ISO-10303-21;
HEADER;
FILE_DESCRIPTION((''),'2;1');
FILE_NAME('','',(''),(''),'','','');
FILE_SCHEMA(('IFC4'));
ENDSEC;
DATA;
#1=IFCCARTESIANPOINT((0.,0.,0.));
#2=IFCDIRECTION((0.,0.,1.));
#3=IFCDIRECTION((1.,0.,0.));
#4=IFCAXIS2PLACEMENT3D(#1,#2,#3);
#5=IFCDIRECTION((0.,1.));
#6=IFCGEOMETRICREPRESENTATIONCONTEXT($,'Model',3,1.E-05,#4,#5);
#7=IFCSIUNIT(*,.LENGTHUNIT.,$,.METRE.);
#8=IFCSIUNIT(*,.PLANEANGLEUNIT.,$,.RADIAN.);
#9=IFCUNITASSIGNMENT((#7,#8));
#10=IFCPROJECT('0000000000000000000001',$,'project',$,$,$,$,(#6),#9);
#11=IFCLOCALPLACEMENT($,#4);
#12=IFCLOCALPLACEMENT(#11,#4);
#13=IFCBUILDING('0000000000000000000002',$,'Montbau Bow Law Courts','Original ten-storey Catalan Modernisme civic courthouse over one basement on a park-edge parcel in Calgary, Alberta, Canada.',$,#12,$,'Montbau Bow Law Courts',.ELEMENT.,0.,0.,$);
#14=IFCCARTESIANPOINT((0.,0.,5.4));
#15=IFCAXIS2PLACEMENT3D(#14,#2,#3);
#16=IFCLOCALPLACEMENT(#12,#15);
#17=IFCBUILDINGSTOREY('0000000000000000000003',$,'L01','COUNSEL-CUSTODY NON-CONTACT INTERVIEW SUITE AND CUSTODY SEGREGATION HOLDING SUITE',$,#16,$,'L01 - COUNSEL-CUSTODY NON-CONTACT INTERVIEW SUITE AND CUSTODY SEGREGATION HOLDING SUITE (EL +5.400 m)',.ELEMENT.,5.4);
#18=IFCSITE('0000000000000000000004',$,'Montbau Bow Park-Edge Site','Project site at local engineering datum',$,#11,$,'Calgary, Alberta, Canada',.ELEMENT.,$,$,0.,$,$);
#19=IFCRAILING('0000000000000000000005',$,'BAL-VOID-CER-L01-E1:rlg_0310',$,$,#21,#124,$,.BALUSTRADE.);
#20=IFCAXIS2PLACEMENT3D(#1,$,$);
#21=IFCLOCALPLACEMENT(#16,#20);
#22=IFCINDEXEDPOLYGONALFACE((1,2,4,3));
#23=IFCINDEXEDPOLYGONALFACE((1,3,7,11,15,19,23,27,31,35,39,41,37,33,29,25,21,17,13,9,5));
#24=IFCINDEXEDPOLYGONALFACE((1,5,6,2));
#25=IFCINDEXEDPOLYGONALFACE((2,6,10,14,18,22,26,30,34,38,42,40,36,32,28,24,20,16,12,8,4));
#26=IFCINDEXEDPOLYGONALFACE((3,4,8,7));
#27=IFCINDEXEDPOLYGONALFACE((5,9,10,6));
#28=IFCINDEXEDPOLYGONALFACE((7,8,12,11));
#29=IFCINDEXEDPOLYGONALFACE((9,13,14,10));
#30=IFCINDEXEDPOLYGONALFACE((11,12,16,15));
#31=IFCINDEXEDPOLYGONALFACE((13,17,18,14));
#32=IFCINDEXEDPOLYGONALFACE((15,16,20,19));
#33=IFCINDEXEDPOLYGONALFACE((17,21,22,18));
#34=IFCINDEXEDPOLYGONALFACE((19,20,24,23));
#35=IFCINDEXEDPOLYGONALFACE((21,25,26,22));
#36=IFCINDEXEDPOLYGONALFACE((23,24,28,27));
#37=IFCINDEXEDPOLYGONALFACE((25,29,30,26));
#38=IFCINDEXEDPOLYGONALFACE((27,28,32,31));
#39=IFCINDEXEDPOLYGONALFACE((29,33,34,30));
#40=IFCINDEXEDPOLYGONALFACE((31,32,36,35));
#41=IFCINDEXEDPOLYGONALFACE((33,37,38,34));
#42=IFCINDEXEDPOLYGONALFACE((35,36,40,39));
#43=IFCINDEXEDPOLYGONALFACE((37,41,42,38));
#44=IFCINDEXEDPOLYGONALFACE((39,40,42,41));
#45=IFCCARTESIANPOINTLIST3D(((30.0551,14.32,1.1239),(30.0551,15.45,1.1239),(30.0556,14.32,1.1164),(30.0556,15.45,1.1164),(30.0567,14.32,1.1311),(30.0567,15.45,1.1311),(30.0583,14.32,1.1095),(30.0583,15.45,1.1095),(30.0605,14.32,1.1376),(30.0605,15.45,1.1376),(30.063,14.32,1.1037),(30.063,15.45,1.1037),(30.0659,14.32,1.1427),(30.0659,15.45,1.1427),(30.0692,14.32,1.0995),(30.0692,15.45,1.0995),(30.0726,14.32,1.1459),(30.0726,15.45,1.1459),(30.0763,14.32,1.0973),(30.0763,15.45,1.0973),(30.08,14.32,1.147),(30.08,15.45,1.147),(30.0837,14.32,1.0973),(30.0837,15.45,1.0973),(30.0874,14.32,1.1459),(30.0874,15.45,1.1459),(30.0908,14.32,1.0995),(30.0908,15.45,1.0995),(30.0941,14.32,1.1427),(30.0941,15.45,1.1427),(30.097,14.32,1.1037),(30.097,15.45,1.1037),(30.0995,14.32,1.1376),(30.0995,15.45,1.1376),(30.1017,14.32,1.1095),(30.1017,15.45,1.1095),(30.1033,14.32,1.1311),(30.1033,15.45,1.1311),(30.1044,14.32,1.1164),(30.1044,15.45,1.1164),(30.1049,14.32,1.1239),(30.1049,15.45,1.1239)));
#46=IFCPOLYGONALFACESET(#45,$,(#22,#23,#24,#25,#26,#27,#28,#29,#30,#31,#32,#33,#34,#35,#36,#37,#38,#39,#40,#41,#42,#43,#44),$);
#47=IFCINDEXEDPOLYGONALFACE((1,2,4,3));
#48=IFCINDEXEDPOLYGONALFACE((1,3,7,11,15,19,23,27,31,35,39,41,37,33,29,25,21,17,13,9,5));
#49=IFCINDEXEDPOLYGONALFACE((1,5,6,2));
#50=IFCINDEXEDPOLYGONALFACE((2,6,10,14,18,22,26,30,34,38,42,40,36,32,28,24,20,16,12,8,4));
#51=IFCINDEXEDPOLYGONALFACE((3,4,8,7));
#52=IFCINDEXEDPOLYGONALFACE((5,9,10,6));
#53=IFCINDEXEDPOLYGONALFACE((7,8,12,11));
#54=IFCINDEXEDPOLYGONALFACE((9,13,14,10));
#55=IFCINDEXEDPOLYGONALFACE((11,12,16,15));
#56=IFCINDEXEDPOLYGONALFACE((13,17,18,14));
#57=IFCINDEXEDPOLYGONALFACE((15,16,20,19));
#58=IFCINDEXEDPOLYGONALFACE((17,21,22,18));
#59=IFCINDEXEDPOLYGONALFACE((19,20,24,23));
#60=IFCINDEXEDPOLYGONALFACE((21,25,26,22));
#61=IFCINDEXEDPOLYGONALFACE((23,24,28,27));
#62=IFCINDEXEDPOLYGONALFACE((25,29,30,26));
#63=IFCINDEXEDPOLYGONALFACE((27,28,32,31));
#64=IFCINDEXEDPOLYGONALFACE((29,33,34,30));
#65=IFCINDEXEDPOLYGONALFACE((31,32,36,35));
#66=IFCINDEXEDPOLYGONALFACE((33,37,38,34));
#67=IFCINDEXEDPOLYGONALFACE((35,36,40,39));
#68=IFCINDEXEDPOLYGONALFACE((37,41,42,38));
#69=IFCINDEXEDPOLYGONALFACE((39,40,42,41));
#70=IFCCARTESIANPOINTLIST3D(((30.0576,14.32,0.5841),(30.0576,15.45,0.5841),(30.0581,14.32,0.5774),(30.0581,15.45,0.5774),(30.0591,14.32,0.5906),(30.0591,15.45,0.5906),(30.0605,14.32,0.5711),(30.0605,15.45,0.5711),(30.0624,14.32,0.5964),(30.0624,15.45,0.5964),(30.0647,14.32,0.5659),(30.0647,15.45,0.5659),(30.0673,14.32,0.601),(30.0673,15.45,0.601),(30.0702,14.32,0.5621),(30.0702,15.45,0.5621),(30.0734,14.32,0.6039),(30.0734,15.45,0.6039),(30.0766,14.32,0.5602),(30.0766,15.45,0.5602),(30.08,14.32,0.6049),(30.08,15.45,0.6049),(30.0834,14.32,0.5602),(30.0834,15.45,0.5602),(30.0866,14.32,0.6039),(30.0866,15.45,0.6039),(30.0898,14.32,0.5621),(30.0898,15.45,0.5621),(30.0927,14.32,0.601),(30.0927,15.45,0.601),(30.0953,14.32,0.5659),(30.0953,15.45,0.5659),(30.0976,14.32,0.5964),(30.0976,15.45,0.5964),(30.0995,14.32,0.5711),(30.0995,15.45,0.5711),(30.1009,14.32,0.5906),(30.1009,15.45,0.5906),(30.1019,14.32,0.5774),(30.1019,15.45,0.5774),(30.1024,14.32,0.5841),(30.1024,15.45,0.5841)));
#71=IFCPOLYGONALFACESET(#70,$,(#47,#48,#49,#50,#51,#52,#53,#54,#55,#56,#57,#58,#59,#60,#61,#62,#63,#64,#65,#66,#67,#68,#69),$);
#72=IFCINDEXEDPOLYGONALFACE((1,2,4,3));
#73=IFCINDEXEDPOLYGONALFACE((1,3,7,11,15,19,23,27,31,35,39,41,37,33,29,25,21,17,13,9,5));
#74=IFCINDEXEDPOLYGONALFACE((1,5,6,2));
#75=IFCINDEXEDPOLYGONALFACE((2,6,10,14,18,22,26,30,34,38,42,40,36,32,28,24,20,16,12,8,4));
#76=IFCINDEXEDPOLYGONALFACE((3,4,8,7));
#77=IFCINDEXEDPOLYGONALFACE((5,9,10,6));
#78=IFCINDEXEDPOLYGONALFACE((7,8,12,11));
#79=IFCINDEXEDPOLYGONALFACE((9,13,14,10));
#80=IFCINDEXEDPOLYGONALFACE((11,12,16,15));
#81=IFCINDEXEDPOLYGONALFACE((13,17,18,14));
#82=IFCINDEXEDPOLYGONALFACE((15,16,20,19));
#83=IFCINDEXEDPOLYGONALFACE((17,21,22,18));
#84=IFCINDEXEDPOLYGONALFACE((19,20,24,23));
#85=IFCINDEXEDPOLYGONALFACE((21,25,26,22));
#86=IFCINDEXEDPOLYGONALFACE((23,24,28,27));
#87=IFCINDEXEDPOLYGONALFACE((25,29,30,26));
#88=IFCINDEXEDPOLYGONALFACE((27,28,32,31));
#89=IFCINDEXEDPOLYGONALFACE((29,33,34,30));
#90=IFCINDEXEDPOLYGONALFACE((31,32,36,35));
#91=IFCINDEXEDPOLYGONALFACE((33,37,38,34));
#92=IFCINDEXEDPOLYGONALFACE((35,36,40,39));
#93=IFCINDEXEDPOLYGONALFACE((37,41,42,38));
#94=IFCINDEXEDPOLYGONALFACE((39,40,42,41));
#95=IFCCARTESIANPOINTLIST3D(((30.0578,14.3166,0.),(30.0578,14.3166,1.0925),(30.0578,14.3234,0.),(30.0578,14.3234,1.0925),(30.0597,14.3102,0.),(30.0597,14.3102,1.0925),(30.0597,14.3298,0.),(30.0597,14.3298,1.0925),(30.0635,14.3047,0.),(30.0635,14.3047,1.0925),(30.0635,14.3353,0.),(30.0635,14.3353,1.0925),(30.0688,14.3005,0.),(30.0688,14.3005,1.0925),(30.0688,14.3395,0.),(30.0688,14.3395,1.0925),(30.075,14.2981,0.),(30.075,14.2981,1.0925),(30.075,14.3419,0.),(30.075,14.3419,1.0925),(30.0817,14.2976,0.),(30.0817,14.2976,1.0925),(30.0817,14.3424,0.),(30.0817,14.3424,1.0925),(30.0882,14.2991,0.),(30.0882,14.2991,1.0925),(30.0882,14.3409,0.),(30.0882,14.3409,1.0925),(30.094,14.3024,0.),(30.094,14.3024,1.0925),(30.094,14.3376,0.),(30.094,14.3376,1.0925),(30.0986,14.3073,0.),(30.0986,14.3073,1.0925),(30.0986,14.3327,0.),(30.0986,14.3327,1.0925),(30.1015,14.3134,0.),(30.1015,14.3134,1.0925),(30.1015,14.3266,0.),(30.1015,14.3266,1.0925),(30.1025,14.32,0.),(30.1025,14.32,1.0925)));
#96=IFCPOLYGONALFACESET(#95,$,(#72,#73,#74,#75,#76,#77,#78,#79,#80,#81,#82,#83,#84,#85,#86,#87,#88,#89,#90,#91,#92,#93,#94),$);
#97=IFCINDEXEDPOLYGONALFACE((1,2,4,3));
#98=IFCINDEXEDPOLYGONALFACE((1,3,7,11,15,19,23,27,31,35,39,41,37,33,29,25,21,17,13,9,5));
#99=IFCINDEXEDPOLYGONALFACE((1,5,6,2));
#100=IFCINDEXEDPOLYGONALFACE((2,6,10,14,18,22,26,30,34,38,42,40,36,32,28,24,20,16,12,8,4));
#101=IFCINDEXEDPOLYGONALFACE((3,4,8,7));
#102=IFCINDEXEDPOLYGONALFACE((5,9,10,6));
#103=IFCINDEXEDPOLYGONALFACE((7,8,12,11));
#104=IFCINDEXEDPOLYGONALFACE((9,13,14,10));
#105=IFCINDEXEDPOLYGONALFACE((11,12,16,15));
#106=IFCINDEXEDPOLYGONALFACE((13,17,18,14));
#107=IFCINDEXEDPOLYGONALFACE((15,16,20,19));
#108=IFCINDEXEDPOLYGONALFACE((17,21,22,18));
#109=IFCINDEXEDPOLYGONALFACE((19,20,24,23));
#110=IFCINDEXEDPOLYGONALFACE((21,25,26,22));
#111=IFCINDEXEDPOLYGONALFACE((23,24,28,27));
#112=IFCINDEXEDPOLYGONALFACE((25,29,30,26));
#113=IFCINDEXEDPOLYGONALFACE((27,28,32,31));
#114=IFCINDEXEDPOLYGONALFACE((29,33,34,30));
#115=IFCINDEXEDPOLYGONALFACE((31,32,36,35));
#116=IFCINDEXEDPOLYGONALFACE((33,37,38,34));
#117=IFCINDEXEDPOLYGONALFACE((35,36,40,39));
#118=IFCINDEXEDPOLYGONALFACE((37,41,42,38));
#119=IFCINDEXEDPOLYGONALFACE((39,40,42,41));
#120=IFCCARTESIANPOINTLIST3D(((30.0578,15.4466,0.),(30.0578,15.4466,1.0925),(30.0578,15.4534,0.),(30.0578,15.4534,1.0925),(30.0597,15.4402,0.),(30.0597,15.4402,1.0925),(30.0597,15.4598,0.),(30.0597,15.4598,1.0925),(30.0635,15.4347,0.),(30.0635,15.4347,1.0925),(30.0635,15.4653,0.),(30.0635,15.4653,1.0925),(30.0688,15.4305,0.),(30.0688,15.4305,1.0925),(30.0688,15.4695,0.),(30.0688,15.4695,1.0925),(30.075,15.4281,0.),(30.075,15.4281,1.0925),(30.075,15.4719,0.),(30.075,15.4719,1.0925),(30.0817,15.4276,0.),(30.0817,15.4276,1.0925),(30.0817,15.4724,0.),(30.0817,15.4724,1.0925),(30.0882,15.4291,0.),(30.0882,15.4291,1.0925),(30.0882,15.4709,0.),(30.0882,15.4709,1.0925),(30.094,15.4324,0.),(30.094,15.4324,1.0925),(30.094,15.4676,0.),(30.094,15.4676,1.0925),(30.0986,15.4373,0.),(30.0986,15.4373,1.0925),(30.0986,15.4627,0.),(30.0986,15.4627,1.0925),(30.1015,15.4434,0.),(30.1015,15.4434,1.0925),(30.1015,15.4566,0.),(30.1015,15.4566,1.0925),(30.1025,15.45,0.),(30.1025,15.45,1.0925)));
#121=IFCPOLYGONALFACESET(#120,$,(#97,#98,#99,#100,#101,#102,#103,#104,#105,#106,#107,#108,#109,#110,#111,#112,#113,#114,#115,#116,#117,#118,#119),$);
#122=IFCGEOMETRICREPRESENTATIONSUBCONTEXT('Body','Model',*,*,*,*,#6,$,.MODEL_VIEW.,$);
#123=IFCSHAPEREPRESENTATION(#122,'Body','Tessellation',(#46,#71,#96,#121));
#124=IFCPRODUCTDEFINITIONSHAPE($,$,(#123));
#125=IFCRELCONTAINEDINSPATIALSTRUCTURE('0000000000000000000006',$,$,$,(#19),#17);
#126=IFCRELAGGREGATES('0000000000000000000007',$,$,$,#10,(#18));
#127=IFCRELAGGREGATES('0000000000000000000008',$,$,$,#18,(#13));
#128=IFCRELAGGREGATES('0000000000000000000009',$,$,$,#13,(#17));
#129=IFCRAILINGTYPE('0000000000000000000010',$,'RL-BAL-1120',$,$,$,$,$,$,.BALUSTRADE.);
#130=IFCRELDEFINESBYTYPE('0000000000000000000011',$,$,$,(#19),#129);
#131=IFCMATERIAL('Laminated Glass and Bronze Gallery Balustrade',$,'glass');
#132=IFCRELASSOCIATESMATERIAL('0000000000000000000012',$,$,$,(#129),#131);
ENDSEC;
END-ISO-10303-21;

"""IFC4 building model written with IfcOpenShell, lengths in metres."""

from ifc_helpers import new_model, si_unit, direction, frame, origin_with_axes, origin_2d_with_axis, place, context, subcontext, project, spatial, circle, extrude, material, type_object, element, save


model = new_model("IFC4")

# Units and contexts
model_context = context("Model", 3, precision=1e-05, world=origin_with_axes(), true_north=direction((0.0, 1.0)))
body_context = subcontext(model_context, "Body", "Model", "MODEL_VIEW")
ifc_project = project(units=[si_unit("LENGTHUNIT", "METRE"), si_unit("PLANEANGLEUNIT", "RADIAN")], contexts=[model_context])

# Site, building, storey
site_placement = place(None, origin_with_axes())
site = spatial("IfcSite", under=ifc_project, at=site_placement, Name="Montbau Bow Park-Edge Site", Description="Project site at local engineering datum", LongName="Calgary, Alberta, Canada", CompositionType="ELEMENT", RefElevation=0.0)
building_placement = place(site_placement, origin_with_axes())
building = spatial("IfcBuilding", under=site, at=building_placement, Name="Montbau Bow Law Courts", Description="Original ten-storey Catalan Modernisme civic courthouse over one basement on a park-edge parcel in Calgary, Alberta, Canada.", LongName="Montbau Bow Law Courts", CompositionType="ELEMENT", ElevationOfRefHeight=0.0, ElevationOfTerrain=0.0)
storey_placement = place(building_placement, frame((0.0, 0.0, 5.4), z_axis=(0.0, 0.0, 1.0), x_axis=(1.0, 0.0, 0.0)))
storey = spatial("IfcBuildingStorey", under=building, at=storey_placement, Name="L01", Description="COUNSEL-CUSTODY NON-CONTACT INTERVIEW SUITE AND CUSTODY SEGREGATION HOLDING SUITE", LongName="L01 - COUNSEL-CUSTODY NON-CONTACT INTERVIEW SUITE AND CUSTODY SEGREGATION HOLDING SUITE (EL +5.400 m)", CompositionType="ELEMENT", Elevation=5.4)

# Railing
ifc_material_1 = material(Name="Laminated Glass and Bronze Gallery Balustrade", Category="glass")
railing_type_1 = type_object("IfcRailingType", Name="RL-BAL-1120", PredefinedType="BALUSTRADE", material=ifc_material_1)
railing_1_placement = place(None, origin_with_axes())
element("IfcRailing", 1, at=railing_1_placement, inside=storey, type_object=railing_type_1, Name="BAL-VOID-CER-L01-E1:rlg_0310", PredefinedType="BALUSTRADE", context=body_context, shape_type="SweptSolid", body=[
    extrude(circle(Radius=0.025, at=origin_2d_with_axis()), frame((30.08, 14.32, 6.522), z_axis=(0.0, 1.0, 0.0), x_axis=(0.0, 0.0, 1.0)), (0.0, 0.0, 1.0), 1.13),
    extrude(circle(Radius=0.0225, at=origin_2d_with_axis()), frame((30.08, 14.32, 5.9824), z_axis=(0.0, 1.0, 0.0), x_axis=(0.0, 0.0, 1.0)), (0.0, 0.0, 1.0), 1.13),
    extrude(circle(Radius=0.0225, at=origin_2d_with_axis()), frame((30.08, 14.32, 5.4), z_axis=(0.0, 0.0, 1.0), x_axis=(1.0, 0.0, 0.0)), (0.0, 0.0, 1.0), 1.0925),
    extrude(circle(Radius=0.0225, at=origin_2d_with_axis()), frame((30.08, 15.45, 5.4), z_axis=(0.0, 0.0, 1.0), x_axis=(1.0, 0.0, 0.0)), (0.0, 0.0, 1.0), 1.0925),
])

save(model, "model.ifc")
